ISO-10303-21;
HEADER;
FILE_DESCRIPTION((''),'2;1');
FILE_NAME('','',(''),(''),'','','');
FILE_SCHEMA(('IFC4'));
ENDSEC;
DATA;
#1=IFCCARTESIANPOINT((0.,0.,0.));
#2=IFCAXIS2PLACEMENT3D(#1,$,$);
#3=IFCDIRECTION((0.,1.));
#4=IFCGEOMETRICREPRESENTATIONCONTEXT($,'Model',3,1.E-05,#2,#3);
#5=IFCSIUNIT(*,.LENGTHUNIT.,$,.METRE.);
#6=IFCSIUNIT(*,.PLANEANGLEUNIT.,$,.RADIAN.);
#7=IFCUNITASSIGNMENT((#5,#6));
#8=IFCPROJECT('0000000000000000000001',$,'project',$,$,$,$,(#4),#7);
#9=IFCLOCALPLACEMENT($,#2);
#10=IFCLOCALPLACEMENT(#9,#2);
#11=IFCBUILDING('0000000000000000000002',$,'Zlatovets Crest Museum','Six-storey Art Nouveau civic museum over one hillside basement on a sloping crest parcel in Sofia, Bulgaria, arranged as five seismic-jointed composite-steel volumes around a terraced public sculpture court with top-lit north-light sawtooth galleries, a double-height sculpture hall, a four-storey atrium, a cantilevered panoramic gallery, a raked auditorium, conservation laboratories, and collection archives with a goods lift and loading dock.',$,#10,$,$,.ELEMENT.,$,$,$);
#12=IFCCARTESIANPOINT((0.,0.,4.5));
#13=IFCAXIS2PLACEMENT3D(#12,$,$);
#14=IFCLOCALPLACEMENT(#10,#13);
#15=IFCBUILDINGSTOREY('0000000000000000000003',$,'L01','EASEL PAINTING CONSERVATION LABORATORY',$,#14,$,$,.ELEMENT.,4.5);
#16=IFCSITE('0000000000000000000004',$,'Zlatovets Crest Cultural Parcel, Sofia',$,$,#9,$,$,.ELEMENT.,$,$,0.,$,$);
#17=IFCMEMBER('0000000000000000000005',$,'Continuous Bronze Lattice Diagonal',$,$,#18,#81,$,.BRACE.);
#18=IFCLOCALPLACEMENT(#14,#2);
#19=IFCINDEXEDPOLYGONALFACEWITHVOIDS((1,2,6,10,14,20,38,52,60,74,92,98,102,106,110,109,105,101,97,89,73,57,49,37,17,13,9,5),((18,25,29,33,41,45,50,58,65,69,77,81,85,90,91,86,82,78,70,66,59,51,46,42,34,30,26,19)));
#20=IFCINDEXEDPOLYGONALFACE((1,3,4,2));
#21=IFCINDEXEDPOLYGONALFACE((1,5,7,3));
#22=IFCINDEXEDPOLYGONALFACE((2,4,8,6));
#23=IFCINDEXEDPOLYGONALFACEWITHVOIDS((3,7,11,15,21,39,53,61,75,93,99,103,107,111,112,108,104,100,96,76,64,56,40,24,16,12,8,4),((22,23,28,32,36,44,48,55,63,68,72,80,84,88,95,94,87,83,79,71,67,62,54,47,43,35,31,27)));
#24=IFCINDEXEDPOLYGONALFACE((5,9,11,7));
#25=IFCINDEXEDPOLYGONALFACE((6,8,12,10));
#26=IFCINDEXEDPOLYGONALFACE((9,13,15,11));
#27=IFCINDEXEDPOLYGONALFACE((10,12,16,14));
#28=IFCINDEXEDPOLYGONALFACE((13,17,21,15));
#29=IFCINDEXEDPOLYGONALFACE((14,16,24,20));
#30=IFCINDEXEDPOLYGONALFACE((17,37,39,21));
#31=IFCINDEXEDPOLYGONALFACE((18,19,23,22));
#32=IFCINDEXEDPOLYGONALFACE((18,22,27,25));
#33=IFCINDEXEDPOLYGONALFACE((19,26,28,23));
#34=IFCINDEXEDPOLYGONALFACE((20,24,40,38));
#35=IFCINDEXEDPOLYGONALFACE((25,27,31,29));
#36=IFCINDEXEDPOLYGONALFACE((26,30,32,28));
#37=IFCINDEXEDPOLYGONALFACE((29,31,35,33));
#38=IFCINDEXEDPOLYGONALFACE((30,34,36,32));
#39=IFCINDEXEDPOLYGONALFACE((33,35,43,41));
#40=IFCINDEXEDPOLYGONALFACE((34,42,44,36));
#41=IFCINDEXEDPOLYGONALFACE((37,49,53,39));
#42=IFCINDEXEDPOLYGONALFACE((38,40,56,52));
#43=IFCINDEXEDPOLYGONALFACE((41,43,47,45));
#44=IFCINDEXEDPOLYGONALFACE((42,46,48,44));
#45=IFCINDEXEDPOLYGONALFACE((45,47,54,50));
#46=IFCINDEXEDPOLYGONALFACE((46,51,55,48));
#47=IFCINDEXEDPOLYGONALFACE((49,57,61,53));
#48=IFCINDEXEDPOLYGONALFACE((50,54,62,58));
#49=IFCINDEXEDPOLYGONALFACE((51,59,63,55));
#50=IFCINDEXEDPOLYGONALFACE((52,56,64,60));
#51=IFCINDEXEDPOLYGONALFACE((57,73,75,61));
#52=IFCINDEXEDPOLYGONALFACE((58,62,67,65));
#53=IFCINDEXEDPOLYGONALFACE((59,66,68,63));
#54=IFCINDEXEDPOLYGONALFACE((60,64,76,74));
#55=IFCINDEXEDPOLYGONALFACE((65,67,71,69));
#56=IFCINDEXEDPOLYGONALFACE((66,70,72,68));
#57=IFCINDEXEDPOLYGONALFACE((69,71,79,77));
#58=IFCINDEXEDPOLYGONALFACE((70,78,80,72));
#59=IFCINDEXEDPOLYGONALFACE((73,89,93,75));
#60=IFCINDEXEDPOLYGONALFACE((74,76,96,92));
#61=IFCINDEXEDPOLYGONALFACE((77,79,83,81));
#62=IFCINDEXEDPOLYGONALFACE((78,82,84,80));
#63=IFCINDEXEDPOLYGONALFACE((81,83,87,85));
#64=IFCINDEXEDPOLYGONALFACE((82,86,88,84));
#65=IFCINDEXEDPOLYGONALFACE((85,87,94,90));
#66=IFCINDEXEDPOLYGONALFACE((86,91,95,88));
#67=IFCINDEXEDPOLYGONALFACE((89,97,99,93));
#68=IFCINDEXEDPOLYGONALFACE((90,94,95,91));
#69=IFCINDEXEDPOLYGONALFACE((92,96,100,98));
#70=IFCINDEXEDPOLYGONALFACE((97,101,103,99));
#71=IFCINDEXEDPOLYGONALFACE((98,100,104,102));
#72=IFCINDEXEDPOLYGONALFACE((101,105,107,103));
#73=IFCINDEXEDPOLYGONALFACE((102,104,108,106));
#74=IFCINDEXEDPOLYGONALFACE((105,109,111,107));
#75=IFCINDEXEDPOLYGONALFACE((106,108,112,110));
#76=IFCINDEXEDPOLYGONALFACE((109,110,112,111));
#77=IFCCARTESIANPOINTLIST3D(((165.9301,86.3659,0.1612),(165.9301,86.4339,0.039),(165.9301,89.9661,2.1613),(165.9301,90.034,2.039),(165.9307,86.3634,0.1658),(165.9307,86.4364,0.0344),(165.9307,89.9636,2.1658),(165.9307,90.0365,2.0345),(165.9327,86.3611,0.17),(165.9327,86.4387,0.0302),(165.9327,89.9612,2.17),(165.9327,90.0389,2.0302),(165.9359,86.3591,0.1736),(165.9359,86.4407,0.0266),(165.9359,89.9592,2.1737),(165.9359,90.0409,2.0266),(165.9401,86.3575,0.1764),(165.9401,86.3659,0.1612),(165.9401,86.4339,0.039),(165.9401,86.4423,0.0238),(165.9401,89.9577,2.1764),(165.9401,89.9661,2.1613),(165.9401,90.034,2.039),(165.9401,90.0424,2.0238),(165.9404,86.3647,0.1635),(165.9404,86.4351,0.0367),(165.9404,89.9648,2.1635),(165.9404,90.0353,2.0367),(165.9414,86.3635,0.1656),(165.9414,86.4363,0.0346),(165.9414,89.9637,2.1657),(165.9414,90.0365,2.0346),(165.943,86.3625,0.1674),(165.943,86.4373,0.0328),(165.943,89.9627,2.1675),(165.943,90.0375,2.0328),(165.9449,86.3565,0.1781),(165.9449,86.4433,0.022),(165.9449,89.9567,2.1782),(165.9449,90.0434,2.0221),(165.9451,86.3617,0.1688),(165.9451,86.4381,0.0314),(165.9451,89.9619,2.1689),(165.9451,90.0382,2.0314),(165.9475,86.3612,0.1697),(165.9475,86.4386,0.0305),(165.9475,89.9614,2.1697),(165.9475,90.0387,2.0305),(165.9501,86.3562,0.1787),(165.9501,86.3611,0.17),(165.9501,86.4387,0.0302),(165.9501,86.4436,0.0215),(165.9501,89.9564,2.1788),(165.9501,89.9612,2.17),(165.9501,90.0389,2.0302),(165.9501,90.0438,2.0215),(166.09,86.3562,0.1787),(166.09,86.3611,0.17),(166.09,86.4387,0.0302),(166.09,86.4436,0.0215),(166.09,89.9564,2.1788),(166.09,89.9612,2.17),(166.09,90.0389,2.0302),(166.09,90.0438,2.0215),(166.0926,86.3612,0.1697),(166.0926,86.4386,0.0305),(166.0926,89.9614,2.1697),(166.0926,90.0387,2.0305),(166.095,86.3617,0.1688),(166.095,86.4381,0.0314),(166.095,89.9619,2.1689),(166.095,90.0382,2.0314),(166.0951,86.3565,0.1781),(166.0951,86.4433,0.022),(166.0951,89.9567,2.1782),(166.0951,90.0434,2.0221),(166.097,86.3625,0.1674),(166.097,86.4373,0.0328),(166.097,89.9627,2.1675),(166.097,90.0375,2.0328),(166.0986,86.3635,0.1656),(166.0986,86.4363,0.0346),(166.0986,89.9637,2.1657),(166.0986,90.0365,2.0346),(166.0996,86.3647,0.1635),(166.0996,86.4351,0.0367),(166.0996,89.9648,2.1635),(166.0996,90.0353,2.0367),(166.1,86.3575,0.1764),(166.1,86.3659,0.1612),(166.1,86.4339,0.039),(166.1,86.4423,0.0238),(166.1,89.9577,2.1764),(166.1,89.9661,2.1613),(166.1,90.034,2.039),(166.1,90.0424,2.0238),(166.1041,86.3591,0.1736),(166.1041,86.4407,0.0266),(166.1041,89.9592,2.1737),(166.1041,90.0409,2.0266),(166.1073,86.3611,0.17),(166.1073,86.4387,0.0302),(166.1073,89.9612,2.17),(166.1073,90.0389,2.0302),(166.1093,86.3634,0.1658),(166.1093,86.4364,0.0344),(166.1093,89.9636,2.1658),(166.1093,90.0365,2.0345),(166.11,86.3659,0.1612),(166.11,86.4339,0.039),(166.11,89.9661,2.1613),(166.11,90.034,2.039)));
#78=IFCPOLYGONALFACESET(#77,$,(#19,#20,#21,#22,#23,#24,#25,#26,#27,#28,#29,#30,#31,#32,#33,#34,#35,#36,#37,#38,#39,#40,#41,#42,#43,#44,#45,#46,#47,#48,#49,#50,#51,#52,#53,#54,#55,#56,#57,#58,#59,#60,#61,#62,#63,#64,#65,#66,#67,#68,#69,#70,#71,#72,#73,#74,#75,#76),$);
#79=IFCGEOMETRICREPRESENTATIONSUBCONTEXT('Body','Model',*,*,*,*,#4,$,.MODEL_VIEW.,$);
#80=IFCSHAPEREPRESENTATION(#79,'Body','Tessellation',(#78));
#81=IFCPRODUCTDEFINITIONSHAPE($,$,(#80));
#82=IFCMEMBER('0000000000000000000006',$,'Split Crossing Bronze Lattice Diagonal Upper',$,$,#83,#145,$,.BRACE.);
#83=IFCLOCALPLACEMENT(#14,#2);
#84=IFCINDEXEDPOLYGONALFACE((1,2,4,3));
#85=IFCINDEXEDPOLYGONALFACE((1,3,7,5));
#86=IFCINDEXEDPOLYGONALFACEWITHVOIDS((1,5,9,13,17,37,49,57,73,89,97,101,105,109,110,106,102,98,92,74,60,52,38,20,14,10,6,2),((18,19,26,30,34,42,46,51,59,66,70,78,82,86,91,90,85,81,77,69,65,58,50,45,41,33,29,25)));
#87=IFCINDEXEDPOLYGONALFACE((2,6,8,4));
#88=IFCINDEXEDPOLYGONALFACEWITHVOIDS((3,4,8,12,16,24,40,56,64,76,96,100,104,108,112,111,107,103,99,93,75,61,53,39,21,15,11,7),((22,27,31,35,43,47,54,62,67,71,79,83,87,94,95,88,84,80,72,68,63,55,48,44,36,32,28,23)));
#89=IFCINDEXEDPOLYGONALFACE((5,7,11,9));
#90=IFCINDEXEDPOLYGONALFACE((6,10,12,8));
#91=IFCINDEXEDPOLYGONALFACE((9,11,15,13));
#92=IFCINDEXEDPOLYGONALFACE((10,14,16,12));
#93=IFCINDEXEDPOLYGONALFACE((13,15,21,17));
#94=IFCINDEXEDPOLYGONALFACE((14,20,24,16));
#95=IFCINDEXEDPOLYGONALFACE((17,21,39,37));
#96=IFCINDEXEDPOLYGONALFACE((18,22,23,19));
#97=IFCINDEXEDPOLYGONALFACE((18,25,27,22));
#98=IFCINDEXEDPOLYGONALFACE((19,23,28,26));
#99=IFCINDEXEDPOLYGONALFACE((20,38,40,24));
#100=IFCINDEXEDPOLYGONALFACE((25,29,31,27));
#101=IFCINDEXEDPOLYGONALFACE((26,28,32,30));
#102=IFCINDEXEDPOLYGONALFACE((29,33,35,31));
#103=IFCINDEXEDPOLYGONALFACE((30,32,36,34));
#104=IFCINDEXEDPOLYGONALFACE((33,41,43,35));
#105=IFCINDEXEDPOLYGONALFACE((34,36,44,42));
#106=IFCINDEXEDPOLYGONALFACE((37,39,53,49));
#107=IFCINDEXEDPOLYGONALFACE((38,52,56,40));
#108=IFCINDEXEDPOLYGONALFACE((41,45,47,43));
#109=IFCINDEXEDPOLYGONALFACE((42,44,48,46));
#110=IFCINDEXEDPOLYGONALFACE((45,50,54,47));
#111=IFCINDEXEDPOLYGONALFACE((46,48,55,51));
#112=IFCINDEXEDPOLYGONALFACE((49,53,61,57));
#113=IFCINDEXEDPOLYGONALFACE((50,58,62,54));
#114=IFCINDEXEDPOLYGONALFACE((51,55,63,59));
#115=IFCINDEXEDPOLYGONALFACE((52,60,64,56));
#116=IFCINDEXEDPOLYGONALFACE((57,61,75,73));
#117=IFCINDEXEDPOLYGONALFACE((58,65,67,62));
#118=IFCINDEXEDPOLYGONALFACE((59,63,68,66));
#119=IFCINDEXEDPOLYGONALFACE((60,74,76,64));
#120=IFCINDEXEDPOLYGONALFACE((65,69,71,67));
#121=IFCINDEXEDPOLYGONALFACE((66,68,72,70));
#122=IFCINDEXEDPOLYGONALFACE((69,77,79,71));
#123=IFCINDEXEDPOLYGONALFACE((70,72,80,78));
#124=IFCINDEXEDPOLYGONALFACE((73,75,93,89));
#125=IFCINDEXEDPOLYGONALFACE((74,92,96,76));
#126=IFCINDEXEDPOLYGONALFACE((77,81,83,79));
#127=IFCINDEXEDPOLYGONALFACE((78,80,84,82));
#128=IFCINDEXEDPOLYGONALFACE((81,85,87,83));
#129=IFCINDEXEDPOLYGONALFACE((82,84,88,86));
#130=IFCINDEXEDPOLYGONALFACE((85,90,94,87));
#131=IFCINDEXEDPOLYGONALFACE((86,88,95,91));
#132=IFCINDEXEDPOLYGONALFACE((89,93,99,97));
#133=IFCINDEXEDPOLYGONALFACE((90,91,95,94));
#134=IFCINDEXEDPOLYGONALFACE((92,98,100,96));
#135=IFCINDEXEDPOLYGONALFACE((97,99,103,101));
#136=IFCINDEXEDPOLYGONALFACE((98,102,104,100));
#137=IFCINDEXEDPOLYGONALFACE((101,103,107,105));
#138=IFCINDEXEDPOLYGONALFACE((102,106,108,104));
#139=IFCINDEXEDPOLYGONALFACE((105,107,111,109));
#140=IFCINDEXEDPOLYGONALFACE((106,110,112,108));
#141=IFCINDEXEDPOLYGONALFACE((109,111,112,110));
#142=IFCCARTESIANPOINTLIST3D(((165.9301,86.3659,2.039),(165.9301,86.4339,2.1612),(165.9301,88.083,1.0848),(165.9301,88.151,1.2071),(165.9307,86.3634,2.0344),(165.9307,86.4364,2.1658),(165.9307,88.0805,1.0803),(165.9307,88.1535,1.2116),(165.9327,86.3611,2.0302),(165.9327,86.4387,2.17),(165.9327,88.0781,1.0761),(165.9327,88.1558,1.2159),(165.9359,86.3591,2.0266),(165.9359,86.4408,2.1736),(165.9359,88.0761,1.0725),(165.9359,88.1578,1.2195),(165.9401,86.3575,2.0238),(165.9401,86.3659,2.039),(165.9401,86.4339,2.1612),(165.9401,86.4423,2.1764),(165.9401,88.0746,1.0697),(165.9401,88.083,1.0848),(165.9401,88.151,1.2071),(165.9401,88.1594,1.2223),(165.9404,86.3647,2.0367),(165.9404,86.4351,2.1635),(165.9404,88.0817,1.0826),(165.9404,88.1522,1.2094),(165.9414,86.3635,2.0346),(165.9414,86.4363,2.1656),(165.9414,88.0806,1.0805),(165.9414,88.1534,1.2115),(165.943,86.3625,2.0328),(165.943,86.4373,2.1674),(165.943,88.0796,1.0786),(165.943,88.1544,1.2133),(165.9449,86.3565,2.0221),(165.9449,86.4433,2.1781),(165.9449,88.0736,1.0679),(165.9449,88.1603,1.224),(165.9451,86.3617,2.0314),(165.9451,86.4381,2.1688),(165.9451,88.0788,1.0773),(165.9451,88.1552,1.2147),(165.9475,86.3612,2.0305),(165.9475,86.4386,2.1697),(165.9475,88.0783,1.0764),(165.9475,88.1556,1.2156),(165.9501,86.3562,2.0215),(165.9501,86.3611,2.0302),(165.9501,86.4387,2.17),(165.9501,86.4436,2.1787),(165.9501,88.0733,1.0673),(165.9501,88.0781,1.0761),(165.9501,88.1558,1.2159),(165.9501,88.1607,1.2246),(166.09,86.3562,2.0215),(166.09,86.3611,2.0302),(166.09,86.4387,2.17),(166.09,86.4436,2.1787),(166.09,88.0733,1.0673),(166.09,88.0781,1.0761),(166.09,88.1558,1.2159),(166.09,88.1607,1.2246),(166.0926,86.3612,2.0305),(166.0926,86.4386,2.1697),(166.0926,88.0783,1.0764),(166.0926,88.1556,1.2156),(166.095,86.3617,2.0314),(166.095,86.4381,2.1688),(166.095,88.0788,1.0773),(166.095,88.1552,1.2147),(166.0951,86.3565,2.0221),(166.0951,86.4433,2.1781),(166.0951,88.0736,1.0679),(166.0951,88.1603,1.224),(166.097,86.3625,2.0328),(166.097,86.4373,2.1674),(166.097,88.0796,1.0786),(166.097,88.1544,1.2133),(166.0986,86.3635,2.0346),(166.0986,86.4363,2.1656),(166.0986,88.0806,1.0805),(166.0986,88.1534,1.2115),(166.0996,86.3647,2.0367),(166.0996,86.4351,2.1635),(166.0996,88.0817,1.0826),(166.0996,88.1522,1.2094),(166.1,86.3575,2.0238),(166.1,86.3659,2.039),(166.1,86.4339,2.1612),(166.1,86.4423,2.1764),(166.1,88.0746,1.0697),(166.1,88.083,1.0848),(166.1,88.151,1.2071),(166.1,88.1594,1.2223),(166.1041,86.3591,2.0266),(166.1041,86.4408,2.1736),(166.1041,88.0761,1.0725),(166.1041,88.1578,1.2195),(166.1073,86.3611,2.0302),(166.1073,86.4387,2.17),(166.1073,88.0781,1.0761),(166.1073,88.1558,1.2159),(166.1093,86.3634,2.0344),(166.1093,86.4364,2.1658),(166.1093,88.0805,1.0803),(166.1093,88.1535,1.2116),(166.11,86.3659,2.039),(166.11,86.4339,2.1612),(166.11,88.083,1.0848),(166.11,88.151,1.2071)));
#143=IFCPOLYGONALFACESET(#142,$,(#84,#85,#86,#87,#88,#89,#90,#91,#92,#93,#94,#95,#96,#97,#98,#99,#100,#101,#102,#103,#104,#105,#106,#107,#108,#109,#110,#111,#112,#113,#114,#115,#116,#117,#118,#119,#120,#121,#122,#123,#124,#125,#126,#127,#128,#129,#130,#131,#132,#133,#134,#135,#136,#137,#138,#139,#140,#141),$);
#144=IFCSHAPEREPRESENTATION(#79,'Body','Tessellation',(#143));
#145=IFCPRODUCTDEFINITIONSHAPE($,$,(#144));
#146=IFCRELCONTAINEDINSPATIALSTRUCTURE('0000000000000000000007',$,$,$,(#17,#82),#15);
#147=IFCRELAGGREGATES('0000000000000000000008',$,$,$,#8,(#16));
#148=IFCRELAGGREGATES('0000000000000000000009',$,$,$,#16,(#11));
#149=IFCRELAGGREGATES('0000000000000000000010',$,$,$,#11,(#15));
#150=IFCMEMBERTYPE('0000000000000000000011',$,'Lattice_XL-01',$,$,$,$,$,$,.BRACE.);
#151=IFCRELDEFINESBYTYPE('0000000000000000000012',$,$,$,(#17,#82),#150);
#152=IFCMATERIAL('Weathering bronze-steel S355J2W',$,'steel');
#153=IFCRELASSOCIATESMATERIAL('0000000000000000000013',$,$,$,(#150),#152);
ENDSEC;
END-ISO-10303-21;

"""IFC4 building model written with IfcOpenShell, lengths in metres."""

from ifc_helpers import new_model, si_unit, direction, frame, origin, origin_2d, place, context, subcontext, project, spatial, hollow_rectangle, extrude, material, material_profile, profile_set, type_object, element, save


model = new_model("IFC4")

# Units and contexts
model_context = context("Model", 3, precision=1e-05, world=origin(), true_north=direction((0.0, 1.0)))
body_context = subcontext(model_context, "Body", "Model", "MODEL_VIEW")
ifc_project = project(units=[si_unit("LENGTHUNIT", "METRE"), si_unit("PLANEANGLEUNIT", "RADIAN")], contexts=[model_context])

# Site, building, storey
site_placement = place(None, origin())
site = spatial("IfcSite", under=ifc_project, at=site_placement, Name="Zlatovets Crest Cultural Parcel, Sofia", CompositionType="ELEMENT", RefElevation=0.0)
building_placement = place(site_placement, origin())
building = spatial("IfcBuilding", under=site, at=building_placement, Name="Zlatovets Crest Museum", Description="Six-storey Art Nouveau civic museum over one hillside basement on a sloping crest parcel in Sofia, Bulgaria, arranged as five seismic-jointed composite-steel volumes around a terraced public sculpture court with top-lit north-light sawtooth galleries, a double-height sculpture hall, a four-storey atrium, a cantilevered panoramic gallery, a raked auditorium, conservation laboratories, and collection archives with a goods lift and loading dock.", CompositionType="ELEMENT")
storey_placement = place(building_placement, frame((0.0, 0.0, 4.5)))
storey = spatial("IfcBuildingStorey", under=building, at=storey_placement, Name="L01", Description="EASEL PAINTING CONSERVATION LABORATORY", CompositionType="ELEMENT", Elevation=4.5)

# Members
ifc_material_1 = material(Name="Weathering bronze-steel S355J2W", Category="steel")
ifc_material_profile_1 = material_profile(ifc_material_1, hollow_rectangle(XDim=0.1799, YDim=0.1799, WallThickness=0.01, InnerFilletRadius=0.01, OuterFilletRadius=0.02, at=origin_2d()), Name="SHS 180x180x10.0")
ifc_profile_set_1 = profile_set([ifc_material_profile_1], Name="Weathering bronze-steel S355J2W")
member_type_1 = type_object("IfcMemberType", Name="Lattice_XL-01", PredefinedType="BRACE", material=ifc_profile_set_1)
member_1_placement = place(storey_placement, frame((166.02, 86.3999, 0.1001), z_axis=(0.0, 0.874163, 0.485633), x_axis=(-1.0, 0.0, 0.0)))
element("IfcMember", 1, at=member_1_placement, inside=storey, type_object=member_type_1, Name="Continuous Bronze Lattice Diagonal", PredefinedType="BRACE", context=body_context, shape_type="SweptSolid", body=[
    extrude(hollow_rectangle(XDim=0.1799, YDim=0.1799, WallThickness=0.01, InnerFilletRadius=0.01, OuterFilletRadius=0.02, at=origin_2d()), origin(), (0.0, 0.0, 1.0), 4.1184),
])
member_2_placement = place(storey_placement, frame((166.02, 86.3999, 2.1001), z_axis=(0.0, 0.874116, -0.485717), x_axis=(-1.0, 0.0, 0.0)))
element("IfcMember", 2, at=member_2_placement, inside=storey, type_object=member_type_1, Name="Split Crossing Bronze Lattice Diagonal Upper", PredefinedType="BRACE", context=body_context, shape_type="SweptSolid", body=[
    extrude(hollow_rectangle(XDim=0.1799, YDim=0.1799, WallThickness=0.01, InnerFilletRadius=0.01, OuterFilletRadius=0.02, at=origin_2d()), origin(), (0.0, 0.0, 1.0), 1.9644),
])

save(model, "model.ifc")
